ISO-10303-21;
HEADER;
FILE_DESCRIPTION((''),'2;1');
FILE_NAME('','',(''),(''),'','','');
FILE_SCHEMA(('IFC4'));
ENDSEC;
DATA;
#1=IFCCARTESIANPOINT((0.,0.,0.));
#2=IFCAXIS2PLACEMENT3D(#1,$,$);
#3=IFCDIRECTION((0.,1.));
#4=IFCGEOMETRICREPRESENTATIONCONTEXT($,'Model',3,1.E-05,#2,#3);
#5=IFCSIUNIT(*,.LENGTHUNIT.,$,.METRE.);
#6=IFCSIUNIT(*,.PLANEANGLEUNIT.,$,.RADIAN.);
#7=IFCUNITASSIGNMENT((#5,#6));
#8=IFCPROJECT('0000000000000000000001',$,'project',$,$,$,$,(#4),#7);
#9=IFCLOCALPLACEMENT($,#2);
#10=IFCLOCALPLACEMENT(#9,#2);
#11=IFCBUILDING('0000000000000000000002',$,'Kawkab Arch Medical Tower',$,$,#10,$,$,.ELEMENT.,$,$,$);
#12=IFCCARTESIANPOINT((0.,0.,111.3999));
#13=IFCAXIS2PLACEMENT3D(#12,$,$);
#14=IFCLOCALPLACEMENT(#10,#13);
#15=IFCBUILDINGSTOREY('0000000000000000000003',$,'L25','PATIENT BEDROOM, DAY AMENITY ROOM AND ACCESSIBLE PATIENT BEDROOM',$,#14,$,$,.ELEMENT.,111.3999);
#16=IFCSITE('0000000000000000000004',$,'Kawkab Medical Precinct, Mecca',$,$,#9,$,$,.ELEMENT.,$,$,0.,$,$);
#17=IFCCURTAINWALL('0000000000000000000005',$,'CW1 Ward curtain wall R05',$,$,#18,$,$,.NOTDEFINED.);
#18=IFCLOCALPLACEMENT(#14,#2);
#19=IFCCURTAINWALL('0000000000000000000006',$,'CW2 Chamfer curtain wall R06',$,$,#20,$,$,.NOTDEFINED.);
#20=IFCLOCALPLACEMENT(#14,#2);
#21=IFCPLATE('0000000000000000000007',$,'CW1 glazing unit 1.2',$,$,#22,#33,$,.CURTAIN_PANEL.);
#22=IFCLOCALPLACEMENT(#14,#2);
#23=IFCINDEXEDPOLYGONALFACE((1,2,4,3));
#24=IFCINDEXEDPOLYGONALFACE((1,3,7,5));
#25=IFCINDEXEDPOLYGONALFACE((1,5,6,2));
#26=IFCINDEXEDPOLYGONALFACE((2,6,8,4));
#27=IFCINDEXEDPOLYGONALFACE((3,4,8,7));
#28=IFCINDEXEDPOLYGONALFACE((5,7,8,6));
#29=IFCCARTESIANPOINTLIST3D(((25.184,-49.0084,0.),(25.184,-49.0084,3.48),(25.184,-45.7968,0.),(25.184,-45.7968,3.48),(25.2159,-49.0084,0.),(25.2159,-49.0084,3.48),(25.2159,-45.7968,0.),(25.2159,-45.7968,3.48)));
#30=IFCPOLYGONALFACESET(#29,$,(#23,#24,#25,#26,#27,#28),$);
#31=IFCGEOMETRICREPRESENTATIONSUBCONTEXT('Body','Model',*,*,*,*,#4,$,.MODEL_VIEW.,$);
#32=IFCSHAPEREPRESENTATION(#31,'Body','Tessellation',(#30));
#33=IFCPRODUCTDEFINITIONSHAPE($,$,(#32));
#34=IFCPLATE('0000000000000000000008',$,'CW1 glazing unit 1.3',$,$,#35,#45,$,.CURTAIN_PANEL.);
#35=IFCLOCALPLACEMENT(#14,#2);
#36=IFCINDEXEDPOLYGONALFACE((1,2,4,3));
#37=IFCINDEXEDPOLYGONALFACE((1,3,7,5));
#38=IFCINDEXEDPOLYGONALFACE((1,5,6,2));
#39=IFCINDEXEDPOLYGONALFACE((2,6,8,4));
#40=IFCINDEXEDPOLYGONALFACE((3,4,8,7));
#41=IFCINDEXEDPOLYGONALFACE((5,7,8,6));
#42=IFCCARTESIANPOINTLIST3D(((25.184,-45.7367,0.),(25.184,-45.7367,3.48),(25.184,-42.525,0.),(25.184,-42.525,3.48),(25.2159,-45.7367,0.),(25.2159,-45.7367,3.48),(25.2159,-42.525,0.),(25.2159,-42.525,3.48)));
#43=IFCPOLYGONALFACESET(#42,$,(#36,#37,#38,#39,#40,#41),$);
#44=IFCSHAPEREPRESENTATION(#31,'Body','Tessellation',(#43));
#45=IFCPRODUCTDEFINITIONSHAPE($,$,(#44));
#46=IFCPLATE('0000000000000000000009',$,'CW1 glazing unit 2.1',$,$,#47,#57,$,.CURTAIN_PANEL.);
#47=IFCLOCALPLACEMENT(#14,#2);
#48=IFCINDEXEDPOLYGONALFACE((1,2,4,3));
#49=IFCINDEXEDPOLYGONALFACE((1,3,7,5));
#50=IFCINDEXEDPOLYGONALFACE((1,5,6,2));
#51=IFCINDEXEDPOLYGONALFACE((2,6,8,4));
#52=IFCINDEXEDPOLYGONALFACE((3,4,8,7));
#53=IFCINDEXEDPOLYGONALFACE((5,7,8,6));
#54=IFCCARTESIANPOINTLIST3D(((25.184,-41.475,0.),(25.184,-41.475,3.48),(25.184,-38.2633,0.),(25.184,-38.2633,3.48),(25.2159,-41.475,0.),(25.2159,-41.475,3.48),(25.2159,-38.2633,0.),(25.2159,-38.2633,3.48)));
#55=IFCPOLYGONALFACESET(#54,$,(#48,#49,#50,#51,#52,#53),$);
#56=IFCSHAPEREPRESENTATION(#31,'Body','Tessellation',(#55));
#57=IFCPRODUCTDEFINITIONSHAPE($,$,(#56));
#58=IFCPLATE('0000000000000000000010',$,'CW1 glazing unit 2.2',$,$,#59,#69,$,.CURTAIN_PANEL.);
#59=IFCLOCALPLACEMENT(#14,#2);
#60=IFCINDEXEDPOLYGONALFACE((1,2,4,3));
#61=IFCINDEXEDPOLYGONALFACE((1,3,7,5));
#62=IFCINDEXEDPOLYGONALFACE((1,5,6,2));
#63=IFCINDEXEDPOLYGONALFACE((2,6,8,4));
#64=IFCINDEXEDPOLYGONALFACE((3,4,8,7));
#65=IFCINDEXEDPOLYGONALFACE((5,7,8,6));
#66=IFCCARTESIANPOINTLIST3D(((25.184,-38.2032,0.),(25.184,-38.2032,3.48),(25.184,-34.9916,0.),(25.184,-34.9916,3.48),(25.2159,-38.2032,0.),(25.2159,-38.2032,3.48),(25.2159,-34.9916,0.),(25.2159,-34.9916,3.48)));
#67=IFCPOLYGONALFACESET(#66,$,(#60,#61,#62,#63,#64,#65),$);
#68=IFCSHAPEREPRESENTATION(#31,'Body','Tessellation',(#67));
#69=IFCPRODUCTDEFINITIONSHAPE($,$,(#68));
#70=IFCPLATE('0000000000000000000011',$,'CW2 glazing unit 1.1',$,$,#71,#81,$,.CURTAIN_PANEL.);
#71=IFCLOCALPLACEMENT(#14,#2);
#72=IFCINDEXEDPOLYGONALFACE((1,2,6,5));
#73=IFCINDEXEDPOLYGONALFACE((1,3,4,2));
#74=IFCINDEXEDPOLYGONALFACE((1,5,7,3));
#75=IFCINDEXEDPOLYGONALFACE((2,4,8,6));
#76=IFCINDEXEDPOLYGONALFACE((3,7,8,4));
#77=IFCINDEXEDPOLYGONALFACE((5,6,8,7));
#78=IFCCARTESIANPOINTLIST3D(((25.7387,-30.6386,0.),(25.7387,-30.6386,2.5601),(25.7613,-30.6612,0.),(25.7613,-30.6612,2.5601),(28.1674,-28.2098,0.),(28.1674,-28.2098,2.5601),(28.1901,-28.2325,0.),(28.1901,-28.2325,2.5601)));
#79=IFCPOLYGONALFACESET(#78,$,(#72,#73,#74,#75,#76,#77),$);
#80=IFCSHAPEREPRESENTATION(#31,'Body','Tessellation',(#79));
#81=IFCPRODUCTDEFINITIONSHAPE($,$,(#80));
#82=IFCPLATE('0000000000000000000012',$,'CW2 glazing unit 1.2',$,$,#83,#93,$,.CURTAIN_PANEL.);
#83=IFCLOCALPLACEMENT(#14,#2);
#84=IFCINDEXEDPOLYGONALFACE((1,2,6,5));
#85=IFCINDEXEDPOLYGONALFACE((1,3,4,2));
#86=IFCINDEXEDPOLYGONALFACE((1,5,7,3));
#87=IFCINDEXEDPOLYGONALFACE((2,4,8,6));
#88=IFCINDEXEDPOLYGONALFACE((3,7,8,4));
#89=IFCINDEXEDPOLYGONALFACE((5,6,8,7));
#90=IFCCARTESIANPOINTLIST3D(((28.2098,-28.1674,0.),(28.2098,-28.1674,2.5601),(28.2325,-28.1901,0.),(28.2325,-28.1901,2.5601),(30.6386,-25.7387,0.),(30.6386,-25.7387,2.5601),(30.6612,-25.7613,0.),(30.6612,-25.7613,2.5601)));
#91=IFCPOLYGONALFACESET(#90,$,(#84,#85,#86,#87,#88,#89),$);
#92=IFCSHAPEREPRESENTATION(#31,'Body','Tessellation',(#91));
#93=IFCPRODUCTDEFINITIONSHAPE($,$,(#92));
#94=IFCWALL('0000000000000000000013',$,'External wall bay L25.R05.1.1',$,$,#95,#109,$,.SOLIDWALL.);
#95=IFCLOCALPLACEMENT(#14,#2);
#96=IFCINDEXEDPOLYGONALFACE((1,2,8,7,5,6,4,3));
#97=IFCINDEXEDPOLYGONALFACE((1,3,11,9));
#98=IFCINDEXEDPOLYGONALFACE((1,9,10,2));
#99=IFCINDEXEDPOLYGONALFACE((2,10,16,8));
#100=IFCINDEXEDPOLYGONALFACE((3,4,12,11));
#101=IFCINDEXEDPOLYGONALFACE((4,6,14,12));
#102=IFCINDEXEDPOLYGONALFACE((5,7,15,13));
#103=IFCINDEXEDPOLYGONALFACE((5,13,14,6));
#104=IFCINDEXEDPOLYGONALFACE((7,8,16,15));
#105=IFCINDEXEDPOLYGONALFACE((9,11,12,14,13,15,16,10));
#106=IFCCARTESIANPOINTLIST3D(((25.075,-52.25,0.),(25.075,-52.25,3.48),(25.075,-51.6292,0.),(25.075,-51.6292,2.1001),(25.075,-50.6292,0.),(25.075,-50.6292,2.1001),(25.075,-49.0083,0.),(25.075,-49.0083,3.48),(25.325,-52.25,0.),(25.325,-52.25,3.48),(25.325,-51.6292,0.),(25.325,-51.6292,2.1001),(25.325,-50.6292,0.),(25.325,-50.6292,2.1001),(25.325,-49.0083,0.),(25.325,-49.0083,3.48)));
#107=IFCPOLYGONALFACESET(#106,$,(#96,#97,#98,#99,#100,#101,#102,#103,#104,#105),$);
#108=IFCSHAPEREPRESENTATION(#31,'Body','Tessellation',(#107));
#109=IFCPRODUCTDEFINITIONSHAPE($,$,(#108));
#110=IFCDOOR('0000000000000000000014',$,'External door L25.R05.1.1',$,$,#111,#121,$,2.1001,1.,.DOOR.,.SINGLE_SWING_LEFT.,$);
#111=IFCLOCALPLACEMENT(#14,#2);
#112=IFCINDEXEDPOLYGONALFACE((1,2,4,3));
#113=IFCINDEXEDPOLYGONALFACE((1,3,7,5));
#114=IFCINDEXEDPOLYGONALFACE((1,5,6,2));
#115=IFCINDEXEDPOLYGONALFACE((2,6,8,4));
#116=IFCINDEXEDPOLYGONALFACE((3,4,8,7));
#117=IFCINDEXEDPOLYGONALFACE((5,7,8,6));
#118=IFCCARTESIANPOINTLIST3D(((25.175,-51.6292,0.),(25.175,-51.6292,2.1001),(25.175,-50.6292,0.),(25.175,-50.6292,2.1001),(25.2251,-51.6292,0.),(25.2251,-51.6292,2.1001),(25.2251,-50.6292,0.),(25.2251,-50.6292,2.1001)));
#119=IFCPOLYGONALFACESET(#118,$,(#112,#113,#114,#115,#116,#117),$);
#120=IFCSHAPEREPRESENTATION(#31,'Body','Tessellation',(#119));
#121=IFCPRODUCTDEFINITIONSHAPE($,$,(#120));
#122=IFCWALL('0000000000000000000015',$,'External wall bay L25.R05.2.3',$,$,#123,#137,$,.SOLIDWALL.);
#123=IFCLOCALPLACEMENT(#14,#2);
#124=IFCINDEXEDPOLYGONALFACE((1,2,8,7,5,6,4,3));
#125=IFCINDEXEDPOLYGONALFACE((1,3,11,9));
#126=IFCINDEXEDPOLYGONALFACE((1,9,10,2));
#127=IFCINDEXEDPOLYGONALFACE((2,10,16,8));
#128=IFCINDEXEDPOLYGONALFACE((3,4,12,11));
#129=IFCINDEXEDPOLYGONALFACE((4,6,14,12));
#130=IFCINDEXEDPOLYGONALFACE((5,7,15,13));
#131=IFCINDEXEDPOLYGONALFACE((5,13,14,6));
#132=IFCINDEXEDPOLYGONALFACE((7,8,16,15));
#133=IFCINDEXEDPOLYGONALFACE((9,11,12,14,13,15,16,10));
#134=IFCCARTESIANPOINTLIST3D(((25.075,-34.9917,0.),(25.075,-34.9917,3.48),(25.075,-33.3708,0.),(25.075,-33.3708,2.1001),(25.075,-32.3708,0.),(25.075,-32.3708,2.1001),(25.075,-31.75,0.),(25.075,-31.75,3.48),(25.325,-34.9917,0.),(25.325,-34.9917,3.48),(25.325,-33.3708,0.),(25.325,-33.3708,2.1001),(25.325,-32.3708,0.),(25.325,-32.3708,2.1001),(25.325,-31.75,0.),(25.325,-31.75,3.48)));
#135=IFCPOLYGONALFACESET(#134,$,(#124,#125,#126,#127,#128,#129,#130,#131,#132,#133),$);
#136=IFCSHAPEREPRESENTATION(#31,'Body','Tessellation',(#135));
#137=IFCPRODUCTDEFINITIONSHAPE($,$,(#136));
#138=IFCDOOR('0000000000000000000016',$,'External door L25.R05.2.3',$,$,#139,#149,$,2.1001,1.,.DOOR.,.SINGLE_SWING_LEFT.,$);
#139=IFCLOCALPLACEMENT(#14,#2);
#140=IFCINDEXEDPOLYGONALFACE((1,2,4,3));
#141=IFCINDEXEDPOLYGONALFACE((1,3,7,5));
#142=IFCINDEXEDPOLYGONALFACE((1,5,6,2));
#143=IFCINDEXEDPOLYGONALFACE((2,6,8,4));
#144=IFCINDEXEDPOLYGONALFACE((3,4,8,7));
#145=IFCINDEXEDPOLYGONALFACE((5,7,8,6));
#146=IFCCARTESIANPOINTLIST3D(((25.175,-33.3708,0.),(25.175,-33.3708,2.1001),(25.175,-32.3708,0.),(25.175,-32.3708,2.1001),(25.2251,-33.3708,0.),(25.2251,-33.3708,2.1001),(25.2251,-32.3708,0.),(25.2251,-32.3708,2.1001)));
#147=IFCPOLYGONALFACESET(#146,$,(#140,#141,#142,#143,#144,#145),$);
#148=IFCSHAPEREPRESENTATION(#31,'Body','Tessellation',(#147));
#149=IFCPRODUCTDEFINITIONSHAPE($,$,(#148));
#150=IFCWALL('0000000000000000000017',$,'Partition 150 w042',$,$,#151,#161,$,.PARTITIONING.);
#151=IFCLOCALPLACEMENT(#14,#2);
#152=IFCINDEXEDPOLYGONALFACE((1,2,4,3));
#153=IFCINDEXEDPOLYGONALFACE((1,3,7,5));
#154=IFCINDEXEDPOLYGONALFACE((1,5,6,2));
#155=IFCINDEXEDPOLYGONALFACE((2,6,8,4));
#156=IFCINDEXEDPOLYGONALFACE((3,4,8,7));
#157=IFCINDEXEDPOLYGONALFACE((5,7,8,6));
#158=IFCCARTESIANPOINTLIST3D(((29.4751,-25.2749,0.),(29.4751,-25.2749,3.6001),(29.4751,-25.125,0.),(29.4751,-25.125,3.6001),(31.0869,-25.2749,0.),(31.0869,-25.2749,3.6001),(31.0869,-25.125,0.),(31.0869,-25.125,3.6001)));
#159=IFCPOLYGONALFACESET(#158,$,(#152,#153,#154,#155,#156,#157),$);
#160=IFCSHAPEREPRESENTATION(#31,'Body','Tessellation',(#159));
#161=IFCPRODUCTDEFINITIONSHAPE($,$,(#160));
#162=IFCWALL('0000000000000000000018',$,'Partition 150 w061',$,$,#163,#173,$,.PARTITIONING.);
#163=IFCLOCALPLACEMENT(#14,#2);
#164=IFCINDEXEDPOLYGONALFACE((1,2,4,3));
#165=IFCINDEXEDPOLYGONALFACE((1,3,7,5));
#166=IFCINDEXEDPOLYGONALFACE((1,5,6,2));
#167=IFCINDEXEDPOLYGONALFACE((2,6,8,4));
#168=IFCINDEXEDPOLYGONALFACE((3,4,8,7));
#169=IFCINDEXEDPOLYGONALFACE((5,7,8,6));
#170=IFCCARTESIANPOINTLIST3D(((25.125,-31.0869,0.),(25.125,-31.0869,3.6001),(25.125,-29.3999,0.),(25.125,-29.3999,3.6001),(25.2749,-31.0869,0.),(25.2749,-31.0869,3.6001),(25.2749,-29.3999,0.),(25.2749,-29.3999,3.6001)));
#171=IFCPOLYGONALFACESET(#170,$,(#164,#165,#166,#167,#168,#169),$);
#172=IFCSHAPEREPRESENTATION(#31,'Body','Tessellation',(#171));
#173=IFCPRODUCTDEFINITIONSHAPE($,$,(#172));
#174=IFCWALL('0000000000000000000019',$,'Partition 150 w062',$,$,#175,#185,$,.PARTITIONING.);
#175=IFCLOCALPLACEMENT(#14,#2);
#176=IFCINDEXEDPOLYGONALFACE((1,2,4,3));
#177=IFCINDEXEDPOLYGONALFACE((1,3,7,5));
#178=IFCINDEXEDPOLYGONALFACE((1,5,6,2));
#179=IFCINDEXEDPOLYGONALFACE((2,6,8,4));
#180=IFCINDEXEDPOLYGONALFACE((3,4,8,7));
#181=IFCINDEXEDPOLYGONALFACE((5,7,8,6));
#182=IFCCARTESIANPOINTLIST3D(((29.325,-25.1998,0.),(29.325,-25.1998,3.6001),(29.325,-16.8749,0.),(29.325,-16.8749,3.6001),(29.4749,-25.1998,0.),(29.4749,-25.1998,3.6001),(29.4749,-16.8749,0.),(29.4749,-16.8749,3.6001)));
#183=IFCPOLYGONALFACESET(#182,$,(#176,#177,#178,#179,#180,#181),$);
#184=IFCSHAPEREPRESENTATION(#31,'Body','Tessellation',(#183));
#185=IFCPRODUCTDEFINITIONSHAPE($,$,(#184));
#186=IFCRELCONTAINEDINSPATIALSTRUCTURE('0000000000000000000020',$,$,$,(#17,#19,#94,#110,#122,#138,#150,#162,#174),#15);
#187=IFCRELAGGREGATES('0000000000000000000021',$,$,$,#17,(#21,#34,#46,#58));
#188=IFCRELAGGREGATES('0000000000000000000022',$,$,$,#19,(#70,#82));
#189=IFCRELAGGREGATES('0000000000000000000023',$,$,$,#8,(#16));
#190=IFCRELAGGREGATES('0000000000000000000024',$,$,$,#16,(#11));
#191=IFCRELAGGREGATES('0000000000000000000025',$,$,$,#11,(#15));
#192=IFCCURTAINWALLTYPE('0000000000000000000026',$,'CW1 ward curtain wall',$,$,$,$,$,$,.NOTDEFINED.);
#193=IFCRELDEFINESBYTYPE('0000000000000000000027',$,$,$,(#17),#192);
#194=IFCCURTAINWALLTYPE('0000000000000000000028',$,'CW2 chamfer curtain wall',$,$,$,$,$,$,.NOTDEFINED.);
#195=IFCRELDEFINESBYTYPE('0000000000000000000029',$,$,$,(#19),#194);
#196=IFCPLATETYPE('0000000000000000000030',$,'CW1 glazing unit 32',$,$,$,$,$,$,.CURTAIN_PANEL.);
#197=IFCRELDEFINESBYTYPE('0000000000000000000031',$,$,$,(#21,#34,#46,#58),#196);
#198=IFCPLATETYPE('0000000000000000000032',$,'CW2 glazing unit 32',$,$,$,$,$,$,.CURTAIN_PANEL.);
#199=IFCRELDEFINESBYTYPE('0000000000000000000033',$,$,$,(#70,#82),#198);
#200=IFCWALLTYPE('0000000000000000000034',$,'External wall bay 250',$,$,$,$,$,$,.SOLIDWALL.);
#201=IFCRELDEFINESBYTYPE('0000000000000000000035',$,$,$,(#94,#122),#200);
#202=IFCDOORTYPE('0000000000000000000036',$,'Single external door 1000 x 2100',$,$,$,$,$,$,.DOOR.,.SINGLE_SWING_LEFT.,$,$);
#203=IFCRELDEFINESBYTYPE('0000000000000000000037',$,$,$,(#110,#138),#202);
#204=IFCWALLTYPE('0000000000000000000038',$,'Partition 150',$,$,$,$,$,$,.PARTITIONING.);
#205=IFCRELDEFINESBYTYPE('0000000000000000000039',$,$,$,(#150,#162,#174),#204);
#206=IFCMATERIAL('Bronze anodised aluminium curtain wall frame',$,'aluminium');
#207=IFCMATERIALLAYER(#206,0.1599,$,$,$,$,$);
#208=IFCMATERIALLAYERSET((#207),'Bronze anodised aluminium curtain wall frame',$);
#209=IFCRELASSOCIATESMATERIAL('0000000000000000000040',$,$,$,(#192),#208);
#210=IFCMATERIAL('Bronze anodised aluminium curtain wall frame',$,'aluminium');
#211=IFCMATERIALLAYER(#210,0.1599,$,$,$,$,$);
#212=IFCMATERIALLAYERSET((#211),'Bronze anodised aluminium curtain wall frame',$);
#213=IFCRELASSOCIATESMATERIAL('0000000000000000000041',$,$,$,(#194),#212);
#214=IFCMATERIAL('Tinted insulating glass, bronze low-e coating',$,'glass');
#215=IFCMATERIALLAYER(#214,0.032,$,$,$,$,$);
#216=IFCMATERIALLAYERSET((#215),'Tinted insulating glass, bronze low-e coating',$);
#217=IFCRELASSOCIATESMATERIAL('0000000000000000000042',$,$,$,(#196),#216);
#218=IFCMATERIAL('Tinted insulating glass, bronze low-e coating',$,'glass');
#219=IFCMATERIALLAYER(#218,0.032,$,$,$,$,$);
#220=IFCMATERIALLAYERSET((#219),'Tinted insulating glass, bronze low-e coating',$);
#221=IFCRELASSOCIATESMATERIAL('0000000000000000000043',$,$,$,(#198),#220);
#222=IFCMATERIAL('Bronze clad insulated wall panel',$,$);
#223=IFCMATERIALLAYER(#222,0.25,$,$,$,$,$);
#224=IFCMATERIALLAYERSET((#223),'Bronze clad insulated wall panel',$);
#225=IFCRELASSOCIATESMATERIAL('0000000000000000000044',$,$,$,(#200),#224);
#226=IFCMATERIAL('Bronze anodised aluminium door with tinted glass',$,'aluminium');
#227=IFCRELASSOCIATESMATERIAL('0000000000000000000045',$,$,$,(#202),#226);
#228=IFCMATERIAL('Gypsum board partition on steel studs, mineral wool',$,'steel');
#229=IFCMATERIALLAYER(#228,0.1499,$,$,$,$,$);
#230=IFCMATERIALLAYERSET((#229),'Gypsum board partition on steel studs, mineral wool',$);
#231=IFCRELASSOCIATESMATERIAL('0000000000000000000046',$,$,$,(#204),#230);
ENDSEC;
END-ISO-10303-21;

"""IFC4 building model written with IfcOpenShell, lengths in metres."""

from ifc_helpers import new_model, si_unit, direction, frame, frame_2d, origin, origin_2d, place, context, subcontext, project, spatial, rectangle, extrude, material, layer, layer_set, type_object, element, fill, aggregate, save


model = new_model("IFC4")

# Units and contexts
model_context = context("Model", 3, precision=1e-05, world=origin(), true_north=direction((0.0, 1.0)))
body_context = subcontext(model_context, "Body", "Model", "MODEL_VIEW")
ifc_project = project(units=[si_unit("LENGTHUNIT", "METRE"), si_unit("PLANEANGLEUNIT", "RADIAN")], contexts=[model_context])

# Site, building, storey
site_placement = place(None, origin())
site = spatial("IfcSite", under=ifc_project, at=site_placement, Name="Kawkab Medical Precinct, Mecca", CompositionType="ELEMENT", RefElevation=0.0)
building_placement = place(site_placement, origin())
building = spatial("IfcBuilding", under=site, at=building_placement, Name="Kawkab Arch Medical Tower", CompositionType="ELEMENT")
storey_placement = place(building_placement, frame((0.0, 0.0, 111.3999)))
storey = spatial("IfcBuildingStorey", under=building, at=storey_placement, Name="L25", Description="PATIENT BEDROOM, DAY AMENITY ROOM AND ACCESSIBLE PATIENT BEDROOM", CompositionType="ELEMENT", Elevation=111.3999)

# Curtain walls
ifc_material_1 = material(Name="Bronze anodised aluminium curtain wall frame", Category="aluminium")
ifc_layer_1 = layer(ifc_material_1, 0.1599)
ifc_layer_set_1 = layer_set([ifc_layer_1], Name="Bronze anodised aluminium curtain wall frame")
curtain_wall_type_1 = type_object("IfcCurtainWallType", Name="CW1 ward curtain wall", PredefinedType="NOTDEFINED", material=ifc_layer_set_1)
placement = place(storey_placement, origin())
curtain_wall_1 = element("IfcCurtainWall", 1, at=placement, inside=storey, type_object=curtain_wall_type_1, Name="CW1 Ward curtain wall R05", PredefinedType="NOTDEFINED")
ifc_material_2 = material(Name="Bronze anodised aluminium curtain wall frame", Category="aluminium")
ifc_layer_2 = layer(ifc_material_2, 0.1599)
ifc_layer_set_2 = layer_set([ifc_layer_2], Name="Bronze anodised aluminium curtain wall frame")
curtain_wall_type_2 = type_object("IfcCurtainWallType", Name="CW2 chamfer curtain wall", PredefinedType="NOTDEFINED", material=ifc_layer_set_2)
curtain_wall_2 = element("IfcCurtainWall", 2, at=placement, inside=storey, type_object=curtain_wall_type_2, Name="CW2 Chamfer curtain wall R06", PredefinedType="NOTDEFINED")

# Plates
ifc_material_3 = material(Name="Tinted insulating glass, bronze low-e coating", Category="glass")
ifc_layer_3 = layer(ifc_material_3, 0.032)
ifc_layer_set_3 = layer_set([ifc_layer_3], Name="Tinted insulating glass, bronze low-e coating")
plate_type_1 = type_object("IfcPlateType", Name="CW1 glazing unit 32", PredefinedType="CURTAIN_PANEL", material=ifc_layer_set_3)
plate_1_placement = place(storey_placement, frame((25.2, -47.4026, 0.0), z_axis=(0.0, 0.0, 1.0), x_axis=(0.0, 1.0, 0.0)))
plate_1 = element("IfcPlate", 3, at=plate_1_placement, type_object=plate_type_1, Name="CW1 glazing unit 1.2", PredefinedType="CURTAIN_PANEL", context=body_context, shape_type="SweptSolid", body=[
    extrude(rectangle(XDim=3.2117, YDim=0.032, at=origin_2d()), origin(), (0.0, 0.0, 1.0), 3.48),
])
plate_2_placement = place(storey_placement, frame((25.2, -44.1309, 0.0), z_axis=(0.0, 0.0, 1.0), x_axis=(0.0, 1.0, 0.0)))
plate_2 = element("IfcPlate", 4, at=plate_2_placement, type_object=plate_type_1, Name="CW1 glazing unit 1.3", PredefinedType="CURTAIN_PANEL", context=body_context, shape_type="SweptSolid", body=[
    extrude(rectangle(XDim=3.2117, YDim=0.032, at=origin_2d()), origin(), (0.0, 0.0, 1.0), 3.48),
])
plate_3_placement = place(storey_placement, frame((25.2, -39.8691, 0.0), z_axis=(0.0, 0.0, 1.0), x_axis=(0.0, 1.0, 0.0)))
plate_3 = element("IfcPlate", 5, at=plate_3_placement, type_object=plate_type_1, Name="CW1 glazing unit 2.1", PredefinedType="CURTAIN_PANEL", context=body_context, shape_type="SweptSolid", body=[
    extrude(rectangle(XDim=3.2117, YDim=0.032, at=origin_2d()), origin(), (0.0, 0.0, 1.0), 3.48),
])
plate_4_placement = place(storey_placement, frame((25.2, -36.5974, 0.0), z_axis=(0.0, 0.0, 1.0), x_axis=(0.0, 1.0, 0.0)))
plate_4 = element("IfcPlate", 6, at=plate_4_placement, type_object=plate_type_1, Name="CW1 glazing unit 2.2", PredefinedType="CURTAIN_PANEL", context=body_context, shape_type="SweptSolid", body=[
    extrude(rectangle(XDim=3.2117, YDim=0.032, at=origin_2d()), origin(), (0.0, 0.0, 1.0), 3.48),
])
aggregate(curtain_wall_1, [plate_1, plate_2, plate_3, plate_4])
ifc_material_4 = material(Name="Tinted insulating glass, bronze low-e coating", Category="glass")
ifc_layer_4 = layer(ifc_material_4, 0.032)
ifc_layer_set_4 = layer_set([ifc_layer_4], Name="Tinted insulating glass, bronze low-e coating")
plate_type_2 = type_object("IfcPlateType", Name="CW2 glazing unit 32", PredefinedType="CURTAIN_PANEL", material=ifc_layer_set_4)
plate_5_placement = place(storey_placement, frame((26.9644, -29.4355, 0.0), z_axis=(0.0, 0.0, 1.0), x_axis=(0.707107, 0.707107, 0.0)))
plate_5 = element("IfcPlate", 7, at=plate_5_placement, type_object=plate_type_2, Name="CW2 glazing unit 1.1", PredefinedType="CURTAIN_PANEL", context=body_context, shape_type="SweptSolid", body=[
    extrude(rectangle(XDim=3.4348, YDim=0.032, at=origin_2d()), origin(), (0.0, 0.0, 1.0), 2.5601),
])
plate_6_placement = place(storey_placement, frame((29.4355, -26.9644, 0.0), z_axis=(0.0, 0.0, 1.0), x_axis=(0.707107, 0.707107, 0.0)))
plate_6 = element("IfcPlate", 8, at=plate_6_placement, type_object=plate_type_2, Name="CW2 glazing unit 1.2", PredefinedType="CURTAIN_PANEL", context=body_context, shape_type="SweptSolid", body=[
    extrude(rectangle(XDim=3.4348, YDim=0.032, at=origin_2d()), origin(), (0.0, 0.0, 1.0), 2.5601),
])
aggregate(curtain_wall_2, [plate_5, plate_6])

# Walls, openings, doors
ifc_material_5 = material(Name="Bronze clad insulated wall panel")
ifc_layer_5 = layer(ifc_material_5, 0.25)
ifc_layer_set_5 = layer_set([ifc_layer_5], Name="Bronze clad insulated wall panel")
wall_type_1 = type_object("IfcWallType", Name="External wall bay 250", PredefinedType="SOLIDWALL", material=ifc_layer_set_5)
wall_1_placement = place(storey_placement, frame((25.2, -52.25, 0.0), z_axis=(0.0, 0.0, 1.0), x_axis=(0.0, 1.0, 0.0)))
wall_1 = element("IfcWall", 9, at=wall_1_placement, inside=storey, type_object=wall_type_1, Name="External wall bay L25.R05.1.1", PredefinedType="SOLIDWALL", context=body_context, shape_type="SweptSolid", body=[
    extrude(rectangle(XDim=3.2417, YDim=0.25, at=frame_2d((1.6208, 0.0))), origin(), (0.0, 0.0, 1.0), 3.48),
])
opening_1_placement = place(wall_1_placement, frame((0.6208, 0.0, 0.0)))
opening_1 = element("IfcOpeningElement", 10, at=opening_1_placement, cuts=wall_1, PredefinedType="OPENING", context=body_context, shape_type="SweptSolid", body=[
    extrude(rectangle(XDim=1.0, YDim=2.1001, at=frame_2d((0.5, 1.05))), frame((0.0, 0.135, 0.0), z_axis=(0.0, -1.0, 0.0), x_axis=(1.0, 0.0, 0.0)), (0.0, 0.0, 1.0), 0.27),
])
ifc_material_6 = material(Name="Bronze anodised aluminium door with tinted glass", Category="aluminium")
door_type = type_object("IfcDoorType", Name="Single external door 1000 x 2100", OperationType="SINGLE_SWING_LEFT", PredefinedType="DOOR", material=ifc_material_6)
door_1_placement = place(opening_1_placement, origin())
door_1 = element("IfcDoor", 11, at=door_1_placement, inside=storey, type_object=door_type, Name="External door L25.R05.1.1", OperationType="SINGLE_SWING_LEFT", OverallHeight=2.1001, OverallWidth=1.0, PredefinedType="DOOR", context=body_context, shape_type="SweptSolid", body=[
    extrude(rectangle(XDim=1.0, YDim=2.1001, at=frame_2d((0.5, 1.05))), frame((0.0, 0.0249, 0.0), z_axis=(0.0, -1.0, 0.0), x_axis=(1.0, 0.0, 0.0)), (0.0, 0.0, 1.0), 0.05),
])
fill(opening_1, door_1)
wall_2_placement = place(storey_placement, frame((25.2, -34.9917, 0.0), z_axis=(0.0, 0.0, 1.0), x_axis=(0.0, 1.0, 0.0)))
wall_2 = element("IfcWall", 12, at=wall_2_placement, inside=storey, type_object=wall_type_1, Name="External wall bay L25.R05.2.3", PredefinedType="SOLIDWALL", context=body_context, shape_type="SweptSolid", body=[
    extrude(rectangle(XDim=3.2417, YDim=0.25, at=frame_2d((1.6208, 0.0))), origin(), (0.0, 0.0, 1.0), 3.48),
])
opening_2_placement = place(wall_2_placement, frame((1.6208, 0.0, 0.0)))
opening_2 = element("IfcOpeningElement", 13, at=opening_2_placement, cuts=wall_2, PredefinedType="OPENING", context=body_context, shape_type="SweptSolid", body=[
    extrude(rectangle(XDim=1.0, YDim=2.1001, at=frame_2d((0.5, 1.05))), frame((0.0, 0.135, 0.0), z_axis=(0.0, -1.0, 0.0), x_axis=(1.0, 0.0, 0.0)), (0.0, 0.0, 1.0), 0.27),
])
door_2_placement = place(opening_2_placement, origin())
door_2 = element("IfcDoor", 14, at=door_2_placement, inside=storey, type_object=door_type, Name="External door L25.R05.2.3", OperationType="SINGLE_SWING_LEFT", OverallHeight=2.1001, OverallWidth=1.0, PredefinedType="DOOR", context=body_context, shape_type="SweptSolid", body=[
    extrude(rectangle(XDim=1.0, YDim=2.1001, at=frame_2d((0.5, 1.05))), frame((0.0, 0.0249, 0.0), z_axis=(0.0, -1.0, 0.0), x_axis=(1.0, 0.0, 0.0)), (0.0, 0.0, 1.0), 0.05),
])
fill(opening_2, door_2)

# Walls
ifc_material_7 = material(Name="Gypsum board partition on steel studs, mineral wool", Category="steel")
ifc_layer_6 = layer(ifc_material_7, 0.1499)
ifc_layer_set_6 = layer_set([ifc_layer_6], Name="Gypsum board partition on steel studs, mineral wool")
wall_type_2 = type_object("IfcWallType", Name="Partition 150", PredefinedType="PARTITIONING", material=ifc_layer_set_6)
wall_3_placement = place(storey_placement, frame((29.4751, -25.2, 0.0), z_axis=(0.0, 0.0, 1.0), x_axis=(1.0, 0.0, 0.0)))
element("IfcWall", 15, at=wall_3_placement, inside=storey, type_object=wall_type_2, Name="Partition 150 w042", PredefinedType="PARTITIONING", context=body_context, shape_type="SweptSolid", body=[
    extrude(rectangle(XDim=1.6118, YDim=0.1499, at=frame_2d((0.8059, 0.0))), origin(), (0.0, 0.0, 1.0), 3.6001),
])
wall_4_placement = place(storey_placement, frame((25.2, -31.0869, 0.0), z_axis=(0.0, 0.0, 1.0), x_axis=(0.0, 1.0, 0.0)))
element("IfcWall", 16, at=wall_4_placement, inside=storey, type_object=wall_type_2, Name="Partition 150 w061", PredefinedType="PARTITIONING", context=body_context, shape_type="SweptSolid", body=[
    extrude(rectangle(XDim=1.687, YDim=0.1499, at=frame_2d((0.8435, 0.0))), origin(), (0.0, 0.0, 1.0), 3.6001),
])
wall_5_placement = place(storey_placement, frame((29.3999, -25.2, 0.0), z_axis=(0.0, 0.0, 1.0), x_axis=(0.0, 1.0, 0.0)))
element("IfcWall", 17, at=wall_5_placement, inside=storey, type_object=wall_type_2, Name="Partition 150 w062", PredefinedType="PARTITIONING", context=body_context, shape_type="SweptSolid", body=[
    extrude(rectangle(XDim=8.325, YDim=0.1499, at=frame_2d((4.1626, 0.0))), origin(), (0.0, 0.0, 1.0), 3.6001),
])

save(model, "model.ifc")
